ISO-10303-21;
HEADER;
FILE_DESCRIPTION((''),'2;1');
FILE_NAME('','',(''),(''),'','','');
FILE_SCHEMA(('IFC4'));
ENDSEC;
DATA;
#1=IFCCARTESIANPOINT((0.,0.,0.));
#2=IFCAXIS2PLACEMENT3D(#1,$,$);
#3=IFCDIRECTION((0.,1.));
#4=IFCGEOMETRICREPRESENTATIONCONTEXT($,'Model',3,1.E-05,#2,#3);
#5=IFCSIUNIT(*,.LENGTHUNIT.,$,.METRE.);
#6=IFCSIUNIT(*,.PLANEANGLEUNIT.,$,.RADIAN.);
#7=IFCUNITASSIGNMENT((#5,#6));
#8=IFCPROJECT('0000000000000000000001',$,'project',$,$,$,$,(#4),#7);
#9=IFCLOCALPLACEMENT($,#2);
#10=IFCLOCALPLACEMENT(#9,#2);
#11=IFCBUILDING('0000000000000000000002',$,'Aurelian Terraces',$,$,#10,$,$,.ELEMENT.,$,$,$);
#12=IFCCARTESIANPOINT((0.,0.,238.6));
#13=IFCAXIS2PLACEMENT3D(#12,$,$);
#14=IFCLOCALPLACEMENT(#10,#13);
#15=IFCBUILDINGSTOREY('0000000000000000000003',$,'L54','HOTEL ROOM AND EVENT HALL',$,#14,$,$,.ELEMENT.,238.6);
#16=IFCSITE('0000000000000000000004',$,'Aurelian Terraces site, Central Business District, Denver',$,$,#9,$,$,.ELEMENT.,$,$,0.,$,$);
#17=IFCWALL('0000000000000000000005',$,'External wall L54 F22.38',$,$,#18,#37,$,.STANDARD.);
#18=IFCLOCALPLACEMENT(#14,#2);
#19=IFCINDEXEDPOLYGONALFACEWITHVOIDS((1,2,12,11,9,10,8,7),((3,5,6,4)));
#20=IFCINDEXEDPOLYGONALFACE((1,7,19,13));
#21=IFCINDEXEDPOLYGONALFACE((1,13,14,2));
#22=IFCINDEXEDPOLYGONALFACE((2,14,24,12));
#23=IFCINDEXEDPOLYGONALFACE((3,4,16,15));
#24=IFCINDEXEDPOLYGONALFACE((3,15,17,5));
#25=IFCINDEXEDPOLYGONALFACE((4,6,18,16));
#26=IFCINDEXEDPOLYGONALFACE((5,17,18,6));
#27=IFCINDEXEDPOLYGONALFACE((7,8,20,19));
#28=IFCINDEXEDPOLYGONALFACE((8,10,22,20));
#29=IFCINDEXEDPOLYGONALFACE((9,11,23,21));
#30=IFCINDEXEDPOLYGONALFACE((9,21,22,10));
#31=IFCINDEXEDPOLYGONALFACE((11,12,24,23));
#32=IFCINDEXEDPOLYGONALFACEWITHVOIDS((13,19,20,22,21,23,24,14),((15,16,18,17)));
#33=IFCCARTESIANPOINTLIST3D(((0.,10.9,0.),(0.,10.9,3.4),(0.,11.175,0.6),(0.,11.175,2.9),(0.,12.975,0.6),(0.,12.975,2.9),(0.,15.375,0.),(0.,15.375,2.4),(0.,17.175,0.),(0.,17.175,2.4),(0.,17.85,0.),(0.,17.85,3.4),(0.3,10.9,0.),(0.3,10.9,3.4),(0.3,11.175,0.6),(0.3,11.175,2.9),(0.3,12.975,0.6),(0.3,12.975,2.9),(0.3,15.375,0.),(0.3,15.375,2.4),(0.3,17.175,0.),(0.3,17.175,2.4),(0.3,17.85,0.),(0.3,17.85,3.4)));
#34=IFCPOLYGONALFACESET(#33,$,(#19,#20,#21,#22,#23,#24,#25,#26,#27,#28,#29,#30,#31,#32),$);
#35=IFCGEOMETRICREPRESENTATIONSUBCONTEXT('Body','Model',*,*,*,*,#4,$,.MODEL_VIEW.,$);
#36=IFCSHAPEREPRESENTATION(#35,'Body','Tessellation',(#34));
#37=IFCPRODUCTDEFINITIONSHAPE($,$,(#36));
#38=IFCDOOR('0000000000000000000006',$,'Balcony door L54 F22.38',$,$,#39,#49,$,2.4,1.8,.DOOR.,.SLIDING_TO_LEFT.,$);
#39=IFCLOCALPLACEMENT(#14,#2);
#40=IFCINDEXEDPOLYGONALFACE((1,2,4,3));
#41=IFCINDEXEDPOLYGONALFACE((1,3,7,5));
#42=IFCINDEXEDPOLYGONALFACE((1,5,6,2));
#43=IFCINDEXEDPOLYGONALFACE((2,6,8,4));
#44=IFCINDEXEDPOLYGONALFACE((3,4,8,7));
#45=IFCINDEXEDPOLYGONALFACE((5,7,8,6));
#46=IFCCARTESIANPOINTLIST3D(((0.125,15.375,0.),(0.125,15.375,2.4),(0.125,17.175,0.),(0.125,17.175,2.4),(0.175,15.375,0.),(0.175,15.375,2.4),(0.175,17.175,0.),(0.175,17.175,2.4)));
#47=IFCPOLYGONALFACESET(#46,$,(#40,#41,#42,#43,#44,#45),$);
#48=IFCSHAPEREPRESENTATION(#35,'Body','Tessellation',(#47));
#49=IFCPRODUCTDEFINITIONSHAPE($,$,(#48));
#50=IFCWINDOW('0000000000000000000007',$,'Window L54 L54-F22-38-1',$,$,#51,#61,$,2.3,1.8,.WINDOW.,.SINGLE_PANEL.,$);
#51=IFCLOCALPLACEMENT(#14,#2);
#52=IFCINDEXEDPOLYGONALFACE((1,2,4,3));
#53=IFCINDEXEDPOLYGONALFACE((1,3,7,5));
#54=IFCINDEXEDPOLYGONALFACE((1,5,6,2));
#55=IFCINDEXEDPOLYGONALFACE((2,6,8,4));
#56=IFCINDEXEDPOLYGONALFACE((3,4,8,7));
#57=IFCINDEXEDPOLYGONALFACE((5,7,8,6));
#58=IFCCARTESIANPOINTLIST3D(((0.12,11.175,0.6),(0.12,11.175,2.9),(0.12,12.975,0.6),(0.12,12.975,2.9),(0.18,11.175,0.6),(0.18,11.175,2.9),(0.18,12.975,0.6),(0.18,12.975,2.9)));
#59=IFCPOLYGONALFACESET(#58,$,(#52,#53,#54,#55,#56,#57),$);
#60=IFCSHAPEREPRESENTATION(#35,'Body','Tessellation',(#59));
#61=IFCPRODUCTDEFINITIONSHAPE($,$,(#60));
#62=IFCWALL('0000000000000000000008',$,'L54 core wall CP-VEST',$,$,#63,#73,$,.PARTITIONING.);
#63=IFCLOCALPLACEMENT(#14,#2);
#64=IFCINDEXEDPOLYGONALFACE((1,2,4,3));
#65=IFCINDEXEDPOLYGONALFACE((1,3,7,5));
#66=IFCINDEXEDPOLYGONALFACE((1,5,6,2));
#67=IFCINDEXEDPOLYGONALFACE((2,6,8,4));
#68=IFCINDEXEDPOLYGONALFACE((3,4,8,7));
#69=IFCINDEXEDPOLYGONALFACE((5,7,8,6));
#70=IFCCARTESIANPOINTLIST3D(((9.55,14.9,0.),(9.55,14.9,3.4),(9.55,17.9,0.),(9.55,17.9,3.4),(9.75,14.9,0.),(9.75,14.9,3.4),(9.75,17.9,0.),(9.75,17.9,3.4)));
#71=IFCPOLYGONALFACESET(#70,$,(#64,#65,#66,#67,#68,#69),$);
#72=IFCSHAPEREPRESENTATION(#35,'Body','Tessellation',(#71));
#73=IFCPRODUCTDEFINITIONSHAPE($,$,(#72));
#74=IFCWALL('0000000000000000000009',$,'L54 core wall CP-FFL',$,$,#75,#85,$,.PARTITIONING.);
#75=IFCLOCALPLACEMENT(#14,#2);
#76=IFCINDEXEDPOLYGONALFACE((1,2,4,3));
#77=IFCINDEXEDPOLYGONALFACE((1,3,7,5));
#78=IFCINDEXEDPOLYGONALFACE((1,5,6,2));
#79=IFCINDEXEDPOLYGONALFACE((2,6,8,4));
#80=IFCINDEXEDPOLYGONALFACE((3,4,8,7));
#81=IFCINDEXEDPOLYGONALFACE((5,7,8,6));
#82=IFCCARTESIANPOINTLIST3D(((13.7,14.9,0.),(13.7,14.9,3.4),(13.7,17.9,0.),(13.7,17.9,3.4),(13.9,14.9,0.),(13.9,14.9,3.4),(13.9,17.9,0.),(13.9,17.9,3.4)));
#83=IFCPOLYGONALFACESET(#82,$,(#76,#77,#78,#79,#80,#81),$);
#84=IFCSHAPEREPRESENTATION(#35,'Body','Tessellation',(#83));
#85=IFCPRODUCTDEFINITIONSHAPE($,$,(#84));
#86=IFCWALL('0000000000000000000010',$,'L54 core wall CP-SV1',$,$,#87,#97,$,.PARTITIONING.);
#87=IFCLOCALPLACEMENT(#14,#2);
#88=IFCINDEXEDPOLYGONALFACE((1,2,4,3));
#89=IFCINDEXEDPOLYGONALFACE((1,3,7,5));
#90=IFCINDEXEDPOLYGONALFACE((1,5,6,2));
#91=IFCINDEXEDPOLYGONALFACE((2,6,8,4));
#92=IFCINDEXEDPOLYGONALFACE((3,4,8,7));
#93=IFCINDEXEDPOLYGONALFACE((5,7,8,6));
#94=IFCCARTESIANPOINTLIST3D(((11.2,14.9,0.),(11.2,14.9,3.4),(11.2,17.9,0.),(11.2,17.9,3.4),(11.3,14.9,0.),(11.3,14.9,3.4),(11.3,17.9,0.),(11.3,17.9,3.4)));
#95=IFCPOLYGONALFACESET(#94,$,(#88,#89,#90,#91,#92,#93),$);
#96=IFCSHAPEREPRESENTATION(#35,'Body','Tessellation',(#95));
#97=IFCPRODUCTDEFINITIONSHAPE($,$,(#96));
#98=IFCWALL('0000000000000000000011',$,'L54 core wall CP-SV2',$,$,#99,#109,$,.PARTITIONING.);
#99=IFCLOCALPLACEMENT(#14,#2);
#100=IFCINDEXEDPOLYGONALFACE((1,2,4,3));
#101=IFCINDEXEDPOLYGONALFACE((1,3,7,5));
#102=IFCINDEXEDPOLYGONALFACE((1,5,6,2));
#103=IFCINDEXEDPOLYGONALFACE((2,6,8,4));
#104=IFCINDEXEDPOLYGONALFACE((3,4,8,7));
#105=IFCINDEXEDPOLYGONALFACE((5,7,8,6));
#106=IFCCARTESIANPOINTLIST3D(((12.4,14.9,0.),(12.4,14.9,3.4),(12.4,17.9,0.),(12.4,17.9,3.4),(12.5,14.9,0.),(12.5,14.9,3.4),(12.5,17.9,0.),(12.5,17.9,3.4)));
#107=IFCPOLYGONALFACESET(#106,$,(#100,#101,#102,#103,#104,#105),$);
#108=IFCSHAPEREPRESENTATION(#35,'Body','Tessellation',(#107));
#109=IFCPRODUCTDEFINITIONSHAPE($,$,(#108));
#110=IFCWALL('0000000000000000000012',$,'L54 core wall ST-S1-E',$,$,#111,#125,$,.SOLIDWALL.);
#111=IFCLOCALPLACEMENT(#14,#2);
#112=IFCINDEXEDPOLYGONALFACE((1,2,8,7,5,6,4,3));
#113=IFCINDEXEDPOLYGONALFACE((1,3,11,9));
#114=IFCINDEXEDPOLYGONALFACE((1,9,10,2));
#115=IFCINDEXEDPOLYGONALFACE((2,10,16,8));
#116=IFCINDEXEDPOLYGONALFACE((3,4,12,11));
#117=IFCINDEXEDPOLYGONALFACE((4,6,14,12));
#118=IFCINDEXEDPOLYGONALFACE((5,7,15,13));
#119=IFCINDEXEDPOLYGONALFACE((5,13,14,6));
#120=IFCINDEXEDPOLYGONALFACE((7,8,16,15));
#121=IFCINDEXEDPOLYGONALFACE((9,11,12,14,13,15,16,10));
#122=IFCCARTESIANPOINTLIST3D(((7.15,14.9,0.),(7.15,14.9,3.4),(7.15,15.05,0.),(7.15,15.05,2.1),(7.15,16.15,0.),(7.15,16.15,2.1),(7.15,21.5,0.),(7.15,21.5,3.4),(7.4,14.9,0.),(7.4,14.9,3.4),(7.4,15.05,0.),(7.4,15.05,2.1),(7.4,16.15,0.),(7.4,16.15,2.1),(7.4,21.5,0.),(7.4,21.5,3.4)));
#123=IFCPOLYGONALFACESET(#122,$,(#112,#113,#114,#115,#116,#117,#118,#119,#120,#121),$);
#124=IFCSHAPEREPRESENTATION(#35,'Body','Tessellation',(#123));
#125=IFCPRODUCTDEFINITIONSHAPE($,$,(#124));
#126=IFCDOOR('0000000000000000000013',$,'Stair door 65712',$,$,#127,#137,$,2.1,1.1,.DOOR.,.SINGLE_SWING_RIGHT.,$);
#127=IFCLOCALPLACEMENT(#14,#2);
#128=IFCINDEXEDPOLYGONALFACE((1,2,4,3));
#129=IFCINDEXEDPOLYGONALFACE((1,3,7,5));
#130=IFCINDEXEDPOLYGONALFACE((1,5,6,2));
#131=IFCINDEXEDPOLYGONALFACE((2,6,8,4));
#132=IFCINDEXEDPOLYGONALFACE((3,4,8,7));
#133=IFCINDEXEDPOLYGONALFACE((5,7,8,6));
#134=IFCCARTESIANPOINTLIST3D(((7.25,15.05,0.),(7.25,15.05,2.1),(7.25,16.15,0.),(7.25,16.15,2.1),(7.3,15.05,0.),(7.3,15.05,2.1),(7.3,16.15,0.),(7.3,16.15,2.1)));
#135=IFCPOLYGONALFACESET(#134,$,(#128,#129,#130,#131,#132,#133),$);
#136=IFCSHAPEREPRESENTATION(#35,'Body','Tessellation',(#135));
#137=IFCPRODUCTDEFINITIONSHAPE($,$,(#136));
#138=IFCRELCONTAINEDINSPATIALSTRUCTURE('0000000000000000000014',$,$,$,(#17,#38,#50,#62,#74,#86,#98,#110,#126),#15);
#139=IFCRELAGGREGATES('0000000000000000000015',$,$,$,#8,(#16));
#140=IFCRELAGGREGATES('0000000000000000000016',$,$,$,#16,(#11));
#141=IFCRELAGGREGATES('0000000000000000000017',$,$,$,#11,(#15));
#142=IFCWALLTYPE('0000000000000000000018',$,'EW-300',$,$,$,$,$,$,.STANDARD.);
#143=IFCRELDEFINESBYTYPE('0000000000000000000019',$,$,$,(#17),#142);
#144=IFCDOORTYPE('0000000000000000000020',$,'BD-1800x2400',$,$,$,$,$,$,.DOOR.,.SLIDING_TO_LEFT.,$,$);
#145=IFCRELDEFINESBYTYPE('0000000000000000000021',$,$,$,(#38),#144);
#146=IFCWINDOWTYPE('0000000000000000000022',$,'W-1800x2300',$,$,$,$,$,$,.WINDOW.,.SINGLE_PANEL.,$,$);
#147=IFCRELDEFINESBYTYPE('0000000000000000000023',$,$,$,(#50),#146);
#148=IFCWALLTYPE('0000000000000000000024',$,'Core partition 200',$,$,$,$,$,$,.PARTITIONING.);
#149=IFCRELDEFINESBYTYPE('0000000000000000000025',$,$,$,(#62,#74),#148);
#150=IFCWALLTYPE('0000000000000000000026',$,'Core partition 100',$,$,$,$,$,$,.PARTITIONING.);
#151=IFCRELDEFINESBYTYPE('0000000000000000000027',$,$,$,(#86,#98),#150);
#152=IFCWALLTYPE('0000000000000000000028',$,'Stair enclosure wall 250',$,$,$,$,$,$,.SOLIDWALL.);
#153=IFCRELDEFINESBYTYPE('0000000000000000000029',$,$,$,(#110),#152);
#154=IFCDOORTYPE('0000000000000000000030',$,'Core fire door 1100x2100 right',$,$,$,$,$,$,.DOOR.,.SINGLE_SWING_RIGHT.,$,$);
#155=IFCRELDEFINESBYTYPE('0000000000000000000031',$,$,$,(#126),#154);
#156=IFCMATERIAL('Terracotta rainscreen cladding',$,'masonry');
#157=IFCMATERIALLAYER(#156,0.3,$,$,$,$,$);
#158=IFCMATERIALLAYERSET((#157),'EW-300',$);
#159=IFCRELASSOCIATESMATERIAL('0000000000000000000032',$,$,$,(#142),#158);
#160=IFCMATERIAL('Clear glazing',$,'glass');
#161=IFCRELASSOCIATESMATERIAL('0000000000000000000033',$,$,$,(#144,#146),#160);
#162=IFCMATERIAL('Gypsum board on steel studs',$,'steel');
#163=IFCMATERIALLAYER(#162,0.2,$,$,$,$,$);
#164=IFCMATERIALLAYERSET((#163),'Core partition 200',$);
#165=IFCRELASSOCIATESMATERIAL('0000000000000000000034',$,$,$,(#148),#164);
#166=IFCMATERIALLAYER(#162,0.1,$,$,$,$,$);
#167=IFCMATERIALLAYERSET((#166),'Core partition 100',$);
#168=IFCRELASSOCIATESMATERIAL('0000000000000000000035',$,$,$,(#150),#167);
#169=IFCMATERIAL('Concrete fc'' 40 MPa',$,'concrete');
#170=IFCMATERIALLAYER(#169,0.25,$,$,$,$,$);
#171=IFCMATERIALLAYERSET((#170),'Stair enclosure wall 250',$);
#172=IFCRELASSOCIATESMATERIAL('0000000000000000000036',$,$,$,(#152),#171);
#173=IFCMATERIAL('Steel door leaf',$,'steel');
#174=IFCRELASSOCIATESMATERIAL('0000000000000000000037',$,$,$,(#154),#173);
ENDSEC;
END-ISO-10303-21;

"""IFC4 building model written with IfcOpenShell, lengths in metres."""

from ifc_helpers import new_model, si_unit, direction, frame, frame_2d, origin, place, context, subcontext, project, spatial, rectangle, extrude, source, transform, mapped, material, layer, layer_set, type_object, element, fill, save


model = new_model("IFC4")

# Units and contexts
model_context = context("Model", 3, precision=1e-05, world=origin(), true_north=direction((0.0, 1.0)))
body_context = subcontext(model_context, "Body", "Model", "MODEL_VIEW")
ifc_project = project(units=[si_unit("LENGTHUNIT", "METRE"), si_unit("PLANEANGLEUNIT", "RADIAN")], contexts=[model_context])

# Site, building, storey
site_placement = place(None, origin())
site = spatial("IfcSite", under=ifc_project, at=site_placement, Name="Aurelian Terraces site, Central Business District, Denver", CompositionType="ELEMENT", RefElevation=0.0)
building_placement = place(site_placement, origin())
building = spatial("IfcBuilding", under=site, at=building_placement, Name="Aurelian Terraces", CompositionType="ELEMENT")
storey_placement = place(building_placement, frame((0.0, 0.0, 238.6)))
storey = spatial("IfcBuildingStorey", under=building, at=storey_placement, Name="L54", Description="HOTEL ROOM AND EVENT HALL", CompositionType="ELEMENT", Elevation=238.6)

# Wall, openings, door, window
ifc_material_1 = material(Name="Terracotta rainscreen cladding", Category="masonry")
ifc_layer_1 = layer(ifc_material_1, 0.3)
ifc_layer_set_1 = layer_set([ifc_layer_1], Name="EW-300")
wall_type_1 = type_object("IfcWallType", Name="EW-300", PredefinedType="STANDARD", material=ifc_layer_set_1)
shared_shape_1 = source(origin(), body_context, "Body", "SweptSolid", [
    extrude(rectangle(XDim=6.95, YDim=0.3, at=frame_2d((3.475, 0.0))), origin(), (0.0, 0.0, 1.0), 3.4),
])
wall_1_placement = place(storey_placement, frame((0.15, 17.85, 0.0), z_axis=(0.0, 0.0, 1.0), x_axis=(0.0, -1.0, 0.0)))
wall_1 = element("IfcWall", 1, at=wall_1_placement, inside=storey, type_object=wall_type_1, Name="External wall L54 F22.38", PredefinedType="STANDARD", context=body_context, shape_type="MappedRepresentation", body=[
    mapped(shared_shape_1, transform((0.0, 0.0, 0.0), scale=1.0)),
])
shared_shape_2 = source(origin(), body_context, "Body", "SweptSolid", [
    extrude(rectangle(XDim=1.8, YDim=2.4, at=frame_2d((0.9, 1.2))), frame((0.0, 0.16, 0.0), z_axis=(0.0, -1.0, 0.0), x_axis=(1.0, 0.0, 0.0)), (0.0, 0.0, 1.0), 0.32),
])
opening_1_placement = place(wall_1_placement, frame((0.675, 0.0, 0.0)))
opening_1 = element("IfcOpeningElement", 2, at=opening_1_placement, cuts=wall_1, PredefinedType="OPENING", context=body_context, shape_type="MappedRepresentation", body=[
    mapped(shared_shape_2, transform((0.0, 0.0, 0.0), scale=1.0)),
])
shared_shape_3 = source(origin(), body_context, "Body", "SweptSolid", [
    extrude(rectangle(XDim=1.8, YDim=2.3, at=frame_2d((0.9, 1.15))), frame((0.0, 0.16, 0.0), z_axis=(0.0, -1.0, 0.0), x_axis=(1.0, 0.0, 0.0)), (0.0, 0.0, 1.0), 0.32),
])
opening_2_placement = place(wall_1_placement, frame((4.875, 0.0, 0.6)))
opening_2 = element("IfcOpeningElement", 3, at=opening_2_placement, cuts=wall_1, PredefinedType="OPENING", context=body_context, shape_type="MappedRepresentation", body=[
    mapped(shared_shape_3, transform((0.0, 0.0, 0.0), scale=1.0)),
])
ifc_material_2 = material(Name="Clear glazing", Category="glass")
door_type_1 = type_object("IfcDoorType", Name="BD-1800x2400", OperationType="SLIDING_TO_LEFT", PredefinedType="DOOR", material=ifc_material_2)
shared_shape_4 = source(origin(), body_context, "Body", "SweptSolid", [
    extrude(rectangle(XDim=1.8, YDim=2.4, at=frame_2d((0.9, 1.2))), frame((0.0, 0.025, 0.0), z_axis=(0.0, -1.0, 0.0), x_axis=(1.0, 0.0, 0.0)), (0.0, 0.0, 1.0), 0.05),
])
door_1_placement = place(opening_1_placement, origin())
door_1 = element("IfcDoor", 4, at=door_1_placement, inside=storey, type_object=door_type_1, Name="Balcony door L54 F22.38", OperationType="SLIDING_TO_LEFT", OverallHeight=2.4, OverallWidth=1.8, PredefinedType="DOOR", context=body_context, shape_type="MappedRepresentation", body=[
    mapped(shared_shape_4, transform((0.0, 0.0, 0.0), scale=1.0)),
])
fill(opening_1, door_1)
window_type = type_object("IfcWindowType", Name="W-1800x2300", PartitioningType="SINGLE_PANEL", PredefinedType="WINDOW", material=ifc_material_2)
shared_shape_5 = source(origin(), body_context, "Body", "SweptSolid", [
    extrude(rectangle(XDim=1.8, YDim=2.3, at=frame_2d((0.9, 1.15))), frame((0.0, 0.03, 0.0), z_axis=(0.0, -1.0, 0.0), x_axis=(1.0, 0.0, 0.0)), (0.0, 0.0, 1.0), 0.06),
])
window_placement = place(opening_2_placement, origin())
window = element("IfcWindow", 5, at=window_placement, inside=storey, type_object=window_type, Name="Window L54 L54-F22-38-1", OverallHeight=2.3, OverallWidth=1.8, PartitioningType="SINGLE_PANEL", PredefinedType="WINDOW", context=body_context, shape_type="MappedRepresentation", body=[
    mapped(shared_shape_5, transform((0.0, 0.0, 0.0), scale=1.0)),
])
fill(opening_2, window)

# Walls
ifc_material_3 = material(Name="Gypsum board on steel studs", Category="steel")
ifc_layer_2 = layer(ifc_material_3, 0.2)
ifc_layer_set_2 = layer_set([ifc_layer_2], Name="Core partition 200")
wall_type_2 = type_object("IfcWallType", Name="Core partition 200", PredefinedType="PARTITIONING", material=ifc_layer_set_2)
shared_shape_6 = source(origin(), body_context, "Body", "SweptSolid", [
    extrude(rectangle(XDim=3.0, YDim=0.2, at=frame_2d((1.5, 0.0))), origin(), (0.0, 0.0, 1.0), 3.4),
])
for number, where, z_axis, x_axis, name in (
    (6, (9.65, 14.9, 0.0), (0.0, 0.0, 1.0), (0.0, 1.0, 0.0), "L54 core wall CP-VEST"),
    (7, (13.8, 14.9, 0.0), (0.0, 0.0, 1.0), (0.0, 1.0, 0.0), "L54 core wall CP-FFL"),
):
    element("IfcWall", number, at=place(storey_placement, frame(where, z_axis=z_axis, x_axis=x_axis)), inside=storey, type_object=wall_type_2, Name=name, PredefinedType="PARTITIONING", context=body_context, shape_type="MappedRepresentation", body=[
        mapped(shared_shape_6, transform((0.0, 0.0, 0.0), scale=1.0)),
    ])
ifc_layer_3 = layer(ifc_material_3, 0.1)
ifc_layer_set_3 = layer_set([ifc_layer_3], Name="Core partition 100")
wall_type_3 = type_object("IfcWallType", Name="Core partition 100", PredefinedType="PARTITIONING", material=ifc_layer_set_3)
shared_shape_7 = source(origin(), body_context, "Body", "SweptSolid", [
    extrude(rectangle(XDim=3.0, YDim=0.1, at=frame_2d((1.5, 0.0))), origin(), (0.0, 0.0, 1.0), 3.4),
])
for number, where, z_axis, x_axis, name in (
    (8, (11.25, 14.9, 0.0), (0.0, 0.0, 1.0), (0.0, 1.0, 0.0), "L54 core wall CP-SV1"),
    (9, (12.45, 14.9, 0.0), (0.0, 0.0, 1.0), (0.0, 1.0, 0.0), "L54 core wall CP-SV2"),
):
    element("IfcWall", number, at=place(storey_placement, frame(where, z_axis=z_axis, x_axis=x_axis)), inside=storey, type_object=wall_type_3, Name=name, PredefinedType="PARTITIONING", context=body_context, shape_type="MappedRepresentation", body=[
        mapped(shared_shape_7, transform((0.0, 0.0, 0.0), scale=1.0)),
    ])

# Wall, opening, door
ifc_material_4 = material(Name="Concrete fc' 40 MPa", Category="concrete")
ifc_layer_4 = layer(ifc_material_4, 0.25)
ifc_layer_set_4 = layer_set([ifc_layer_4], Name="Stair enclosure wall 250")
wall_type_4 = type_object("IfcWallType", Name="Stair enclosure wall 250", PredefinedType="SOLIDWALL", material=ifc_layer_set_4)
shared_shape_8 = source(origin(), body_context, "Body", "SweptSolid", [
    extrude(rectangle(XDim=6.6, YDim=0.25, at=frame_2d((3.3, 0.0))), origin(), (0.0, 0.0, 1.0), 3.4),
])
wall_2_placement = place(storey_placement, frame((7.275, 14.9, 0.0), z_axis=(0.0, 0.0, 1.0), x_axis=(0.0, 1.0, 0.0)))
wall_2 = element("IfcWall", 10, at=wall_2_placement, inside=storey, type_object=wall_type_4, Name="L54 core wall ST-S1-E", PredefinedType="SOLIDWALL", context=body_context, shape_type="MappedRepresentation", body=[
    mapped(shared_shape_8, transform((0.0, 0.0, 0.0), scale=1.0)),
])
shared_shape_9 = source(origin(), body_context, "Body", "SweptSolid", [
    extrude(rectangle(XDim=1.1, YDim=2.1, at=frame_2d((0.55, 1.05))), frame((0.0, 0.135, 0.0), z_axis=(0.0, -1.0, 0.0), x_axis=(1.0, 0.0, 0.0)), (0.0, 0.0, 1.0), 0.27),
])
opening_3_placement = place(wall_2_placement, frame((0.15, 0.0, 0.0)))
opening_3 = element("IfcOpeningElement", 11, at=opening_3_placement, cuts=wall_2, PredefinedType="OPENING", context=body_context, shape_type="MappedRepresentation", body=[
    mapped(shared_shape_9, transform((0.0, 0.0, 0.0), scale=1.0)),
])
ifc_material_5 = material(Name="Steel door leaf", Category="steel")
door_type_2 = type_object("IfcDoorType", Name="Core fire door 1100x2100 right", OperationType="SINGLE_SWING_RIGHT", PredefinedType="DOOR", material=ifc_material_5)
shared_shape_10 = source(origin(), body_context, "Body", "SweptSolid", [
    extrude(rectangle(XDim=1.1, YDim=2.1, at=frame_2d((0.55, 1.05))), frame((0.0, 0.025, 0.0), z_axis=(0.0, -1.0, 0.0), x_axis=(1.0, 0.0, 0.0)), (0.0, 0.0, 1.0), 0.05),
])
door_2_placement = place(opening_3_placement, origin())
door_2 = element("IfcDoor", 12, at=door_2_placement, inside=storey, type_object=door_type_2, Name="Stair door 65712", OperationType="SINGLE_SWING_RIGHT", OverallHeight=2.1, OverallWidth=1.1, PredefinedType="DOOR", context=body_context, shape_type="MappedRepresentation", body=[
    mapped(shared_shape_10, transform((0.0, 0.0, 0.0), scale=1.0)),
])
fill(opening_3, door_2)

save(model, "model.ifc")
